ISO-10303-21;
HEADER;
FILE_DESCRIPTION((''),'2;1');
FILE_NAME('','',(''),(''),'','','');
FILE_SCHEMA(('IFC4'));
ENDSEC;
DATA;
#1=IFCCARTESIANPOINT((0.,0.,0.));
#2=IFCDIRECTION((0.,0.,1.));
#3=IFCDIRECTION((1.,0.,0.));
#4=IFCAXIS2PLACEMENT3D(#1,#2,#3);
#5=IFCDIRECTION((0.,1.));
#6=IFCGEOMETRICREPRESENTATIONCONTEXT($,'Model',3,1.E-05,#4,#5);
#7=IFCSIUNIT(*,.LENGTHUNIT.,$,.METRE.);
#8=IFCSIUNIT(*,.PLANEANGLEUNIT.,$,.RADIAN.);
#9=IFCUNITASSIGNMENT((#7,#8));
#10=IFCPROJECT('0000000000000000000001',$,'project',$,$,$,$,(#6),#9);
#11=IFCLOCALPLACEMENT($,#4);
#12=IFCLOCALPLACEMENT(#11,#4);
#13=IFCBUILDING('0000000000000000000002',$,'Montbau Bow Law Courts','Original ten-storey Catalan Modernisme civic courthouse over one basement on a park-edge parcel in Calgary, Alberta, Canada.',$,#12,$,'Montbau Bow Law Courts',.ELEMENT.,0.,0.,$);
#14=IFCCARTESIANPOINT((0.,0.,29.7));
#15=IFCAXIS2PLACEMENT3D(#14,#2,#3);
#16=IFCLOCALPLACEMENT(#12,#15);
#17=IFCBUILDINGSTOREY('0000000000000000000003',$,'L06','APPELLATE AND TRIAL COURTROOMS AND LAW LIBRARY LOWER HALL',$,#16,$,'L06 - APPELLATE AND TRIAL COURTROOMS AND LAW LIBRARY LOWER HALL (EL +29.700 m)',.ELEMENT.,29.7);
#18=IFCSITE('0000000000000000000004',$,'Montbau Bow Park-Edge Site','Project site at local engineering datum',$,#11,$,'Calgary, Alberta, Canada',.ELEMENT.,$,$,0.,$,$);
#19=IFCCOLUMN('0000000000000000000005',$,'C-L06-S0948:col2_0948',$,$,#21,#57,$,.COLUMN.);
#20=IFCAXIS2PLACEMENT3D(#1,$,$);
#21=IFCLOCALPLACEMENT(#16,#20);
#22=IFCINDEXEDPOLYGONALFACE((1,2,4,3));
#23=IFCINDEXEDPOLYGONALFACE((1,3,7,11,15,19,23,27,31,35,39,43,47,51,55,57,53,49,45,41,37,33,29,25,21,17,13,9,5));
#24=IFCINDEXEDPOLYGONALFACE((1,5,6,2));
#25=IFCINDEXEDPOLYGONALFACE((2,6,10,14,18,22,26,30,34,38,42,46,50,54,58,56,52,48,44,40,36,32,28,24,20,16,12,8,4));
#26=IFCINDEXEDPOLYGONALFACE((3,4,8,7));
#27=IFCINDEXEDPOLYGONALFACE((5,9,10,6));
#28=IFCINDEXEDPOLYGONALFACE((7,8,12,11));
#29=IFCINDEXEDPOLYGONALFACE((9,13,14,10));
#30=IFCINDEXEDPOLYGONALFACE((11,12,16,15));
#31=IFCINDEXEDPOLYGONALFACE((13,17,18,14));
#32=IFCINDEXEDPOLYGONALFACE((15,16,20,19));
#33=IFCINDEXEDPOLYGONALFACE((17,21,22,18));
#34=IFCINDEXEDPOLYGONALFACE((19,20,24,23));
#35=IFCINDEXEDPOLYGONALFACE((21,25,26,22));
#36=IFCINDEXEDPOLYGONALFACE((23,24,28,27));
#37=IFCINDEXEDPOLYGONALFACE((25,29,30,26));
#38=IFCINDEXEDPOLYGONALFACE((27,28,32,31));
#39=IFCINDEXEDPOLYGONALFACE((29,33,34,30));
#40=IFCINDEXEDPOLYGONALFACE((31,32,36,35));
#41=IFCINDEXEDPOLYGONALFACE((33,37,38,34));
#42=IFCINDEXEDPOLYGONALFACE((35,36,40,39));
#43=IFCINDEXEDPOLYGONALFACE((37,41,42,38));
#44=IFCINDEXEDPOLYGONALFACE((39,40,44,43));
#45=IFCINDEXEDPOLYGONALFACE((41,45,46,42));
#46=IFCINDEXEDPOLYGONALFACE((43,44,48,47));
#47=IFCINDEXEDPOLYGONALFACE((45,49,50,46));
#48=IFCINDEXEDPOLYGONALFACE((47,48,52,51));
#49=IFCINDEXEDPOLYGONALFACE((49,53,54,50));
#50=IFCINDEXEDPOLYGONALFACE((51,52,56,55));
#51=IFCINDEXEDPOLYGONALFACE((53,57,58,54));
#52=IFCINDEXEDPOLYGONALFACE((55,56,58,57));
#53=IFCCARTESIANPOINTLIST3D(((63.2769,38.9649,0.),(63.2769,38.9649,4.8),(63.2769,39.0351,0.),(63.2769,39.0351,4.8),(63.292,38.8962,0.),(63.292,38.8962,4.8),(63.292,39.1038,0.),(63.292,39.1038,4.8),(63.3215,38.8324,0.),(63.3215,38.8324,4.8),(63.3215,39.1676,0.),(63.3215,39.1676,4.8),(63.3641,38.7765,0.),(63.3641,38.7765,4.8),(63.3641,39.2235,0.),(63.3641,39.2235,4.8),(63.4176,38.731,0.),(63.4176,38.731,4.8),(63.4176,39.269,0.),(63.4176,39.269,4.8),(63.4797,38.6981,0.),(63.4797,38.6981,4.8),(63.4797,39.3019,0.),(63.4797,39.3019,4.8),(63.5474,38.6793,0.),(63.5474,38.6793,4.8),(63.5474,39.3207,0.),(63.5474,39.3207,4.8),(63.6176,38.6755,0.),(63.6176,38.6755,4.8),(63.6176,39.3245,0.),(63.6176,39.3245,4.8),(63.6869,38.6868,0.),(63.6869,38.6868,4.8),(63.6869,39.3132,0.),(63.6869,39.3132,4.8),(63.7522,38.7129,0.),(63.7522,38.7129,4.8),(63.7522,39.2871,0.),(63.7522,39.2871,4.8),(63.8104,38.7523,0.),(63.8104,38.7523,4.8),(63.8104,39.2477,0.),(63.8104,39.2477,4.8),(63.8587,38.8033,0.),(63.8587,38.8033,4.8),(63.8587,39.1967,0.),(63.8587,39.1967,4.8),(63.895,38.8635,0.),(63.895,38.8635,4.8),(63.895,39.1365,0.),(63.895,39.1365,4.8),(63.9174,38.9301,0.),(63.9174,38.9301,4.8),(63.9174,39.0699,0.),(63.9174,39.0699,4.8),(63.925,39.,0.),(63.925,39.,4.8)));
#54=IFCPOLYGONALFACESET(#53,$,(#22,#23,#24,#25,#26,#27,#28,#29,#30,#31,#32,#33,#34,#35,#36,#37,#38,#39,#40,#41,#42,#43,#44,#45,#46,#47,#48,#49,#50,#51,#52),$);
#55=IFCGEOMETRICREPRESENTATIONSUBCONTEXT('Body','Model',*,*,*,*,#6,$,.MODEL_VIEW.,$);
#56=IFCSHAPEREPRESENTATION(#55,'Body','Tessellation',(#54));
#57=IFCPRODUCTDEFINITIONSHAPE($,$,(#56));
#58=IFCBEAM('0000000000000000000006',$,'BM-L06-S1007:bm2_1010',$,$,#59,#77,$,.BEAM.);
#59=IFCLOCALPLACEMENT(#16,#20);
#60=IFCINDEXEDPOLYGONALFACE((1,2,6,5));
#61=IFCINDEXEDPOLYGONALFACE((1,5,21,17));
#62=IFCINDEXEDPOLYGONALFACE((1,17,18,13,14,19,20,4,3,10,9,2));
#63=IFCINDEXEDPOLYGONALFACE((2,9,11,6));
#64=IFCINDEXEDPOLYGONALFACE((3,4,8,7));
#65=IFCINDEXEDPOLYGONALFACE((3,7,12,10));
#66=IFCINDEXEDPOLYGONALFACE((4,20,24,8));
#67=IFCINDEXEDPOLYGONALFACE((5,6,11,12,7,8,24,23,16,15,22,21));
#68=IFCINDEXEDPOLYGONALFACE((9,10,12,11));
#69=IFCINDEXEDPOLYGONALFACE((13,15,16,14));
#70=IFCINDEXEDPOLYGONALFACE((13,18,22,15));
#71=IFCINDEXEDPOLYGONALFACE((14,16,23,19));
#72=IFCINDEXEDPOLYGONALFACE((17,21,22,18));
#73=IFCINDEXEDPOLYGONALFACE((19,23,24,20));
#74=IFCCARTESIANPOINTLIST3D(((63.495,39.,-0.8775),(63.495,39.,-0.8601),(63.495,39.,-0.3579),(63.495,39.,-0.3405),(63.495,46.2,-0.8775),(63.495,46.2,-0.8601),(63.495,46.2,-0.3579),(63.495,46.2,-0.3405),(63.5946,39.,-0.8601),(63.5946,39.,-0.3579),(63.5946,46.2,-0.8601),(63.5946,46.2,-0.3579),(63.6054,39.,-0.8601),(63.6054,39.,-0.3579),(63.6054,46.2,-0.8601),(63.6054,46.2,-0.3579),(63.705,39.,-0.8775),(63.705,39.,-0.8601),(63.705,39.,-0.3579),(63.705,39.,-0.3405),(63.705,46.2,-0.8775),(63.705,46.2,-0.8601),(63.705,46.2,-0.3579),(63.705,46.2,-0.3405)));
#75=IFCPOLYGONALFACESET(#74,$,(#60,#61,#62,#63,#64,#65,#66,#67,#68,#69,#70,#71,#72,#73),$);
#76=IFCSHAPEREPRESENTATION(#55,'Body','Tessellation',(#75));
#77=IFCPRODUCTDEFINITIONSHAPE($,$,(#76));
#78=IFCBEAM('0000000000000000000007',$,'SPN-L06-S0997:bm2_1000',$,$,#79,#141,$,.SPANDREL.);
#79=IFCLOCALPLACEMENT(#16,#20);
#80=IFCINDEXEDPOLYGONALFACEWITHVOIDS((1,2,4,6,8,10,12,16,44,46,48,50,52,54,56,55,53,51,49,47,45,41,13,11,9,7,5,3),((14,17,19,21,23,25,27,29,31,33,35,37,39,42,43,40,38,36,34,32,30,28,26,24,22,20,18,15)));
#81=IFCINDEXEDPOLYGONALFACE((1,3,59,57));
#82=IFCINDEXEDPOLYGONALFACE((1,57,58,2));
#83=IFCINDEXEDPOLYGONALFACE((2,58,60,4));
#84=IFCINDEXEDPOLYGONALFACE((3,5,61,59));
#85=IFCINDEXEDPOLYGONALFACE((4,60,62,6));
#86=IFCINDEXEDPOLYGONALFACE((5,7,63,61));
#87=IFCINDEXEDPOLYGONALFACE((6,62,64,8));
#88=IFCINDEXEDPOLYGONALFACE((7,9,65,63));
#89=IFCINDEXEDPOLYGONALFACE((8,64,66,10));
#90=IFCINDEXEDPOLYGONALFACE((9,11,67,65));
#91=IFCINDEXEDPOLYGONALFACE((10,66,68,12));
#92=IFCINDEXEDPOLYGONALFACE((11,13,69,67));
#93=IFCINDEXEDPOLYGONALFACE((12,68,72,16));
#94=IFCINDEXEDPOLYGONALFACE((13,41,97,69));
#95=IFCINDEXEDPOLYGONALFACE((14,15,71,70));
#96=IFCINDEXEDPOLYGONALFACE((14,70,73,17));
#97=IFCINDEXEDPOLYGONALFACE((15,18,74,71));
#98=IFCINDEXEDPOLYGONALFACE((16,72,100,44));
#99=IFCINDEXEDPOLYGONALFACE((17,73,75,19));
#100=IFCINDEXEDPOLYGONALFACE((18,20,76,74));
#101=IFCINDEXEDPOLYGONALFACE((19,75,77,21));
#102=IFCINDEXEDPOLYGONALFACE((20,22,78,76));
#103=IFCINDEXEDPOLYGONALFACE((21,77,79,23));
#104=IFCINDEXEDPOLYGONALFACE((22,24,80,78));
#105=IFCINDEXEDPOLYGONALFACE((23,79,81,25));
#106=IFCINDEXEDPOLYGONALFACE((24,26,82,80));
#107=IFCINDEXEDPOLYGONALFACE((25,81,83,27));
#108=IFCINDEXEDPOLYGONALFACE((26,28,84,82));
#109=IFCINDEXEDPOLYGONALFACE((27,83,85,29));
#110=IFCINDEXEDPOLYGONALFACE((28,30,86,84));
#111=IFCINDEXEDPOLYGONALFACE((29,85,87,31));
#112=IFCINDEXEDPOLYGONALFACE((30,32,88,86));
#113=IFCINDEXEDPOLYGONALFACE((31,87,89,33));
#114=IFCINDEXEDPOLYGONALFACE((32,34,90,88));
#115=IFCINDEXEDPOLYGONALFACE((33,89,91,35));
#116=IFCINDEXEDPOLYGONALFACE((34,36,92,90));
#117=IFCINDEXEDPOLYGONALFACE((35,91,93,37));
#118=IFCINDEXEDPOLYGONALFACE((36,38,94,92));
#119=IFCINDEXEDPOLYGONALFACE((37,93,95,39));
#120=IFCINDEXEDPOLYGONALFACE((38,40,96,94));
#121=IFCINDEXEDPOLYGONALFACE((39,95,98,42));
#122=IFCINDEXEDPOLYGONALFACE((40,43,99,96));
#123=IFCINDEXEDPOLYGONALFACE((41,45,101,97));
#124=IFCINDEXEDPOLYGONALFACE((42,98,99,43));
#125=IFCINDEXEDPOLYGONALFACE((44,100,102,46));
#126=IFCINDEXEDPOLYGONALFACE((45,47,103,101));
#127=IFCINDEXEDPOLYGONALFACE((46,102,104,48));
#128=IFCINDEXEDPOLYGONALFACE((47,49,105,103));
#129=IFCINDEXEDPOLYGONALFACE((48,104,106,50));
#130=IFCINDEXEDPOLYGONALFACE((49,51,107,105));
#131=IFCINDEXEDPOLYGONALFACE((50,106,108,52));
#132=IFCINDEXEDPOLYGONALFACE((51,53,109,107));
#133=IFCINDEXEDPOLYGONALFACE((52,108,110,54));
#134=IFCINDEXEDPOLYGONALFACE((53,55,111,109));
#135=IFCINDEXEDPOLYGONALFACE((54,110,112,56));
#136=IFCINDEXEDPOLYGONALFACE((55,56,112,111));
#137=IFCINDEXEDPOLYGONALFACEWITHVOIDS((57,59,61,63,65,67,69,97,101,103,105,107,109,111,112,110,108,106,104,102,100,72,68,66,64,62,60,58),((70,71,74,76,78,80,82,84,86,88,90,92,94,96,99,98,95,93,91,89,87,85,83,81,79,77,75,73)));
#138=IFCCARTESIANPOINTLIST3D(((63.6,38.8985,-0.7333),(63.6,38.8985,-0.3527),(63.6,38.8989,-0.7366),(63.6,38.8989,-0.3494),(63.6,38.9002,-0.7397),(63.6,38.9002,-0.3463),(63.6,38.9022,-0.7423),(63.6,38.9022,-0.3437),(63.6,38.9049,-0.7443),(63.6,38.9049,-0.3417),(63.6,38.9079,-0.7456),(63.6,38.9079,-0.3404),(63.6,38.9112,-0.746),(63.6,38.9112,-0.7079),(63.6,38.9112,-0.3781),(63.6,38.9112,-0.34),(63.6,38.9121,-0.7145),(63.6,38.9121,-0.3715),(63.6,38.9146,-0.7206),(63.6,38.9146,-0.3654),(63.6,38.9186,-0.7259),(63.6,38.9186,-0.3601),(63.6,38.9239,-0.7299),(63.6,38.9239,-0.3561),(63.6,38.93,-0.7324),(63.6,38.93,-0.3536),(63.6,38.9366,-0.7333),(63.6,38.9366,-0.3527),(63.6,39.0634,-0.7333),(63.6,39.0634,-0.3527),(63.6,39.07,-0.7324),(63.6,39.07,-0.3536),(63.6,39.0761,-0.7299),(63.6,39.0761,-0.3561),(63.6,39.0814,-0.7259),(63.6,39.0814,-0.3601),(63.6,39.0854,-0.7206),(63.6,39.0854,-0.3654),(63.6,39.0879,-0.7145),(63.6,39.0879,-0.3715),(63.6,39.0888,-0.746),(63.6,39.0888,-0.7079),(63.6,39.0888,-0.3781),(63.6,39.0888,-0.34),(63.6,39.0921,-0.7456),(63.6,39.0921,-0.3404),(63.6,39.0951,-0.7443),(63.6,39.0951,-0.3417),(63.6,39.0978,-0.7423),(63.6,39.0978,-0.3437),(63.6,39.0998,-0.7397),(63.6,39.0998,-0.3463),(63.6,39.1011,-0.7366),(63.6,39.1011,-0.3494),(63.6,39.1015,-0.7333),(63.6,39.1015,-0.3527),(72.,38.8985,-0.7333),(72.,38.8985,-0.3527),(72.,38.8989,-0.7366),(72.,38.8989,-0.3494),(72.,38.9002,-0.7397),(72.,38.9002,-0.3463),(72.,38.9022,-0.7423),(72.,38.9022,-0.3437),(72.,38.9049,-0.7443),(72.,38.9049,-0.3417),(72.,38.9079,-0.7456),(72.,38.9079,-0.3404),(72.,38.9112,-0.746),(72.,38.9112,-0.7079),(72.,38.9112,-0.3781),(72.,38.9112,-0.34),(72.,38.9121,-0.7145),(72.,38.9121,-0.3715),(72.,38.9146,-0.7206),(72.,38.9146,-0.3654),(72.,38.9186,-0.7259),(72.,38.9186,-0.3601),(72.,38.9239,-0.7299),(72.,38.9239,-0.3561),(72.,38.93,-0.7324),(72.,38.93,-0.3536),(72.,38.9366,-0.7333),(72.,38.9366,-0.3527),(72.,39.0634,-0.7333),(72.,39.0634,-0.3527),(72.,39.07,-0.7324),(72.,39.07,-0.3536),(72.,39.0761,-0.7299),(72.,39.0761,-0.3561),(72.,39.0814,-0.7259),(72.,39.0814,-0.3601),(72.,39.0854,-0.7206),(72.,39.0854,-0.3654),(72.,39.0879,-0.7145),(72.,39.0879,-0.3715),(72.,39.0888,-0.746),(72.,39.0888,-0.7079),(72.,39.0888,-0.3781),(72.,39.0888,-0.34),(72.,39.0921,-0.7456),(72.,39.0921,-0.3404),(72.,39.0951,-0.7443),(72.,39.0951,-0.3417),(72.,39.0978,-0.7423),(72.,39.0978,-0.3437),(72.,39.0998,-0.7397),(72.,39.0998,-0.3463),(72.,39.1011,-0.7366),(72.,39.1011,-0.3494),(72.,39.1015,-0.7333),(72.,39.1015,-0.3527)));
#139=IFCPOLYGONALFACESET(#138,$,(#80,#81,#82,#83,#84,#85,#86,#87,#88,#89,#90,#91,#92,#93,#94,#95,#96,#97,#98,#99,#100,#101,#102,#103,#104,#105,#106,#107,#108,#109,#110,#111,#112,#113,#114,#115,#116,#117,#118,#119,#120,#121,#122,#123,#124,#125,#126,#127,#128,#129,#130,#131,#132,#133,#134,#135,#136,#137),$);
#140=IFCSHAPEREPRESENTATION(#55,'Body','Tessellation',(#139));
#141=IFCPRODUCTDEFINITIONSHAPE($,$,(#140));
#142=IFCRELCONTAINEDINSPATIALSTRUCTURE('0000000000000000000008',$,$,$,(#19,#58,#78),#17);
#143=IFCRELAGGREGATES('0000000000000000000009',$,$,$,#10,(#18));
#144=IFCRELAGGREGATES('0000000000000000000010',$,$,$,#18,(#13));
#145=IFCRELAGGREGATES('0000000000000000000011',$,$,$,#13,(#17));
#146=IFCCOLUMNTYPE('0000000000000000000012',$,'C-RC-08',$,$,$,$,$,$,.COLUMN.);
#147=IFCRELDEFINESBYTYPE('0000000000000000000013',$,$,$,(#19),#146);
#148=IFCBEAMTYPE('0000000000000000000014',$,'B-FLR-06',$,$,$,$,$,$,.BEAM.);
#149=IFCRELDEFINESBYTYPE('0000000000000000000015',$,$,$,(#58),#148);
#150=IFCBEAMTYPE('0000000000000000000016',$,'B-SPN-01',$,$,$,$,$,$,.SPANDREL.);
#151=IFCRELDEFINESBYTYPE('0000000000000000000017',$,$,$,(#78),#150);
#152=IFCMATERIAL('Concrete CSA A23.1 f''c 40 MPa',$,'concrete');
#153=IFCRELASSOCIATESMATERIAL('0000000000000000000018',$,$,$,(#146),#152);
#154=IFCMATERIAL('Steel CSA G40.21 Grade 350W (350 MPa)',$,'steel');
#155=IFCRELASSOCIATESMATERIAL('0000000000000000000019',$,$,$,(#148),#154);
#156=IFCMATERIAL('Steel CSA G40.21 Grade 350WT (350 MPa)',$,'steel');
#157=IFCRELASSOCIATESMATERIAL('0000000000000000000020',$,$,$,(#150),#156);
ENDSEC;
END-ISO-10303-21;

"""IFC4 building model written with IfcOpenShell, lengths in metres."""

from ifc_helpers import new_model, si_unit, direction, frame, origin_with_axes, origin_2d_with_axis, place, context, subcontext, project, spatial, hollow_rectangle, circle, i_section, extrude, material, material_profile, profile_set, type_object, element, save


model = new_model("IFC4")

# Units and contexts
model_context = context("Model", 3, precision=1e-05, world=origin_with_axes(), true_north=direction((0.0, 1.0)))
body_context = subcontext(model_context, "Body", "Model", "MODEL_VIEW")
ifc_project = project(units=[si_unit("LENGTHUNIT", "METRE"), si_unit("PLANEANGLEUNIT", "RADIAN")], contexts=[model_context])

# Site, building, storey
site_placement = place(None, origin_with_axes())
site = spatial("IfcSite", under=ifc_project, at=site_placement, Name="Montbau Bow Park-Edge Site", Description="Project site at local engineering datum", LongName="Calgary, Alberta, Canada", CompositionType="ELEMENT", RefElevation=0.0)
building_placement = place(site_placement, origin_with_axes())
building = spatial("IfcBuilding", under=site, at=building_placement, Name="Montbau Bow Law Courts", Description="Original ten-storey Catalan Modernisme civic courthouse over one basement on a park-edge parcel in Calgary, Alberta, Canada.", LongName="Montbau Bow Law Courts", CompositionType="ELEMENT", ElevationOfRefHeight=0.0, ElevationOfTerrain=0.0)
storey_placement = place(building_placement, frame((0.0, 0.0, 29.7), z_axis=(0.0, 0.0, 1.0), x_axis=(1.0, 0.0, 0.0)))
storey = spatial("IfcBuildingStorey", under=building, at=storey_placement, Name="L06", Description="APPELLATE AND TRIAL COURTROOMS AND LAW LIBRARY LOWER HALL", LongName="L06 - APPELLATE AND TRIAL COURTROOMS AND LAW LIBRARY LOWER HALL (EL +29.700 m)", CompositionType="ELEMENT", Elevation=29.7)

# Column
ifc_material_1 = material(Name="Concrete CSA A23.1 f'c 40 MPa", Category="concrete")
ifc_material_profile_1 = material_profile(ifc_material_1, circle(Radius=0.325, at=origin_2d_with_axis()), Name="RC650D", Category="Main", Priority=0)
ifc_profile_set_1 = profile_set([ifc_material_profile_1], Name="Concrete CSA A23.1 f'c 40 MPa")
column_type = type_object("IfcColumnType", Name="C-RC-08", PredefinedType="COLUMN", material=ifc_profile_set_1)
column_placement = place(None, frame((63.6, 39.0, 29.7), z_axis=(0.0, 0.0, 1.0), x_axis=(1.0, 0.0, 0.0)))
element("IfcColumn", 1, at=column_placement, inside=storey, type_object=column_type, Name="C-L06-S0948:col2_0948", PredefinedType="COLUMN", context=body_context, shape_type="SweptSolid", body=[
    extrude(circle(Radius=0.325, at=origin_2d_with_axis()), origin_with_axes(), (0.0, 0.0, 1.0), 4.8),
])

# Beams
ifc_material_2 = material(Name="Steel CSA G40.21 Grade 350W (350 MPa)", Category="steel")
ifc_material_profile_2 = material_profile(ifc_material_2, i_section(OverallWidth=0.21, OverallDepth=0.537, WebThickness=0.0109, FlangeThickness=0.0174, at=origin_2d_with_axis()), Name="W530X101", Category="Main", Priority=0)
ifc_profile_set_2 = profile_set([ifc_material_profile_2], Name="Steel CSA G40.21 Grade 350W (350 MPa)")
beam_type_1 = type_object("IfcBeamType", Name="B-FLR-06", PredefinedType="BEAM", material=ifc_profile_set_2)
beam_1_placement = place(None, frame((63.6, 39.0, 29.091), z_axis=(0.0, 1.0, 0.0), x_axis=(-1.0, 0.0, 0.0)))
element("IfcBeam", 2, at=beam_1_placement, inside=storey, type_object=beam_type_1, Name="BM-L06-S1007:bm2_1010", PredefinedType="BEAM", context=body_context, shape_type="SweptSolid", body=[
    extrude(i_section(OverallWidth=0.21, OverallDepth=0.537, WebThickness=0.0109, FlangeThickness=0.0174, at=origin_2d_with_axis()), origin_with_axes(), (0.0, 0.0, 1.0), 7.2),
])
ifc_material_3 = material(Name="Steel CSA G40.21 Grade 350WT (350 MPa)", Category="steel")
ifc_material_profile_3 = material_profile(ifc_material_3, hollow_rectangle(XDim=0.203, YDim=0.406, WallThickness=0.0127, InnerFilletRadius=0.0254, OuterFilletRadius=0.0127, at=origin_2d_with_axis()), Name="HSS406X203X13", Category="Main", Priority=0)
ifc_profile_set_3 = profile_set([ifc_material_profile_3], Name="Steel CSA G40.21 Grade 350WT (350 MPa)")
beam_type_2 = type_object("IfcBeamType", Name="B-SPN-01", PredefinedType="SPANDREL", material=ifc_profile_set_3)
beam_2_placement = place(None, frame((63.6, 39.0, 29.157), z_axis=(1.0, 0.0, 0.0), x_axis=(0.0, 1.0, 0.0)))
element("IfcBeam", 3, at=beam_2_placement, inside=storey, type_object=beam_type_2, Name="SPN-L06-S0997:bm2_1000", PredefinedType="SPANDREL", context=body_context, shape_type="SweptSolid", body=[
    extrude(hollow_rectangle(XDim=0.203, YDim=0.406, WallThickness=0.0127, InnerFilletRadius=0.0254, OuterFilletRadius=0.0127, at=origin_2d_with_axis()), origin_with_axes(), (0.0, 0.0, 1.0), 8.4),
])

save(model, "model.ifc")
